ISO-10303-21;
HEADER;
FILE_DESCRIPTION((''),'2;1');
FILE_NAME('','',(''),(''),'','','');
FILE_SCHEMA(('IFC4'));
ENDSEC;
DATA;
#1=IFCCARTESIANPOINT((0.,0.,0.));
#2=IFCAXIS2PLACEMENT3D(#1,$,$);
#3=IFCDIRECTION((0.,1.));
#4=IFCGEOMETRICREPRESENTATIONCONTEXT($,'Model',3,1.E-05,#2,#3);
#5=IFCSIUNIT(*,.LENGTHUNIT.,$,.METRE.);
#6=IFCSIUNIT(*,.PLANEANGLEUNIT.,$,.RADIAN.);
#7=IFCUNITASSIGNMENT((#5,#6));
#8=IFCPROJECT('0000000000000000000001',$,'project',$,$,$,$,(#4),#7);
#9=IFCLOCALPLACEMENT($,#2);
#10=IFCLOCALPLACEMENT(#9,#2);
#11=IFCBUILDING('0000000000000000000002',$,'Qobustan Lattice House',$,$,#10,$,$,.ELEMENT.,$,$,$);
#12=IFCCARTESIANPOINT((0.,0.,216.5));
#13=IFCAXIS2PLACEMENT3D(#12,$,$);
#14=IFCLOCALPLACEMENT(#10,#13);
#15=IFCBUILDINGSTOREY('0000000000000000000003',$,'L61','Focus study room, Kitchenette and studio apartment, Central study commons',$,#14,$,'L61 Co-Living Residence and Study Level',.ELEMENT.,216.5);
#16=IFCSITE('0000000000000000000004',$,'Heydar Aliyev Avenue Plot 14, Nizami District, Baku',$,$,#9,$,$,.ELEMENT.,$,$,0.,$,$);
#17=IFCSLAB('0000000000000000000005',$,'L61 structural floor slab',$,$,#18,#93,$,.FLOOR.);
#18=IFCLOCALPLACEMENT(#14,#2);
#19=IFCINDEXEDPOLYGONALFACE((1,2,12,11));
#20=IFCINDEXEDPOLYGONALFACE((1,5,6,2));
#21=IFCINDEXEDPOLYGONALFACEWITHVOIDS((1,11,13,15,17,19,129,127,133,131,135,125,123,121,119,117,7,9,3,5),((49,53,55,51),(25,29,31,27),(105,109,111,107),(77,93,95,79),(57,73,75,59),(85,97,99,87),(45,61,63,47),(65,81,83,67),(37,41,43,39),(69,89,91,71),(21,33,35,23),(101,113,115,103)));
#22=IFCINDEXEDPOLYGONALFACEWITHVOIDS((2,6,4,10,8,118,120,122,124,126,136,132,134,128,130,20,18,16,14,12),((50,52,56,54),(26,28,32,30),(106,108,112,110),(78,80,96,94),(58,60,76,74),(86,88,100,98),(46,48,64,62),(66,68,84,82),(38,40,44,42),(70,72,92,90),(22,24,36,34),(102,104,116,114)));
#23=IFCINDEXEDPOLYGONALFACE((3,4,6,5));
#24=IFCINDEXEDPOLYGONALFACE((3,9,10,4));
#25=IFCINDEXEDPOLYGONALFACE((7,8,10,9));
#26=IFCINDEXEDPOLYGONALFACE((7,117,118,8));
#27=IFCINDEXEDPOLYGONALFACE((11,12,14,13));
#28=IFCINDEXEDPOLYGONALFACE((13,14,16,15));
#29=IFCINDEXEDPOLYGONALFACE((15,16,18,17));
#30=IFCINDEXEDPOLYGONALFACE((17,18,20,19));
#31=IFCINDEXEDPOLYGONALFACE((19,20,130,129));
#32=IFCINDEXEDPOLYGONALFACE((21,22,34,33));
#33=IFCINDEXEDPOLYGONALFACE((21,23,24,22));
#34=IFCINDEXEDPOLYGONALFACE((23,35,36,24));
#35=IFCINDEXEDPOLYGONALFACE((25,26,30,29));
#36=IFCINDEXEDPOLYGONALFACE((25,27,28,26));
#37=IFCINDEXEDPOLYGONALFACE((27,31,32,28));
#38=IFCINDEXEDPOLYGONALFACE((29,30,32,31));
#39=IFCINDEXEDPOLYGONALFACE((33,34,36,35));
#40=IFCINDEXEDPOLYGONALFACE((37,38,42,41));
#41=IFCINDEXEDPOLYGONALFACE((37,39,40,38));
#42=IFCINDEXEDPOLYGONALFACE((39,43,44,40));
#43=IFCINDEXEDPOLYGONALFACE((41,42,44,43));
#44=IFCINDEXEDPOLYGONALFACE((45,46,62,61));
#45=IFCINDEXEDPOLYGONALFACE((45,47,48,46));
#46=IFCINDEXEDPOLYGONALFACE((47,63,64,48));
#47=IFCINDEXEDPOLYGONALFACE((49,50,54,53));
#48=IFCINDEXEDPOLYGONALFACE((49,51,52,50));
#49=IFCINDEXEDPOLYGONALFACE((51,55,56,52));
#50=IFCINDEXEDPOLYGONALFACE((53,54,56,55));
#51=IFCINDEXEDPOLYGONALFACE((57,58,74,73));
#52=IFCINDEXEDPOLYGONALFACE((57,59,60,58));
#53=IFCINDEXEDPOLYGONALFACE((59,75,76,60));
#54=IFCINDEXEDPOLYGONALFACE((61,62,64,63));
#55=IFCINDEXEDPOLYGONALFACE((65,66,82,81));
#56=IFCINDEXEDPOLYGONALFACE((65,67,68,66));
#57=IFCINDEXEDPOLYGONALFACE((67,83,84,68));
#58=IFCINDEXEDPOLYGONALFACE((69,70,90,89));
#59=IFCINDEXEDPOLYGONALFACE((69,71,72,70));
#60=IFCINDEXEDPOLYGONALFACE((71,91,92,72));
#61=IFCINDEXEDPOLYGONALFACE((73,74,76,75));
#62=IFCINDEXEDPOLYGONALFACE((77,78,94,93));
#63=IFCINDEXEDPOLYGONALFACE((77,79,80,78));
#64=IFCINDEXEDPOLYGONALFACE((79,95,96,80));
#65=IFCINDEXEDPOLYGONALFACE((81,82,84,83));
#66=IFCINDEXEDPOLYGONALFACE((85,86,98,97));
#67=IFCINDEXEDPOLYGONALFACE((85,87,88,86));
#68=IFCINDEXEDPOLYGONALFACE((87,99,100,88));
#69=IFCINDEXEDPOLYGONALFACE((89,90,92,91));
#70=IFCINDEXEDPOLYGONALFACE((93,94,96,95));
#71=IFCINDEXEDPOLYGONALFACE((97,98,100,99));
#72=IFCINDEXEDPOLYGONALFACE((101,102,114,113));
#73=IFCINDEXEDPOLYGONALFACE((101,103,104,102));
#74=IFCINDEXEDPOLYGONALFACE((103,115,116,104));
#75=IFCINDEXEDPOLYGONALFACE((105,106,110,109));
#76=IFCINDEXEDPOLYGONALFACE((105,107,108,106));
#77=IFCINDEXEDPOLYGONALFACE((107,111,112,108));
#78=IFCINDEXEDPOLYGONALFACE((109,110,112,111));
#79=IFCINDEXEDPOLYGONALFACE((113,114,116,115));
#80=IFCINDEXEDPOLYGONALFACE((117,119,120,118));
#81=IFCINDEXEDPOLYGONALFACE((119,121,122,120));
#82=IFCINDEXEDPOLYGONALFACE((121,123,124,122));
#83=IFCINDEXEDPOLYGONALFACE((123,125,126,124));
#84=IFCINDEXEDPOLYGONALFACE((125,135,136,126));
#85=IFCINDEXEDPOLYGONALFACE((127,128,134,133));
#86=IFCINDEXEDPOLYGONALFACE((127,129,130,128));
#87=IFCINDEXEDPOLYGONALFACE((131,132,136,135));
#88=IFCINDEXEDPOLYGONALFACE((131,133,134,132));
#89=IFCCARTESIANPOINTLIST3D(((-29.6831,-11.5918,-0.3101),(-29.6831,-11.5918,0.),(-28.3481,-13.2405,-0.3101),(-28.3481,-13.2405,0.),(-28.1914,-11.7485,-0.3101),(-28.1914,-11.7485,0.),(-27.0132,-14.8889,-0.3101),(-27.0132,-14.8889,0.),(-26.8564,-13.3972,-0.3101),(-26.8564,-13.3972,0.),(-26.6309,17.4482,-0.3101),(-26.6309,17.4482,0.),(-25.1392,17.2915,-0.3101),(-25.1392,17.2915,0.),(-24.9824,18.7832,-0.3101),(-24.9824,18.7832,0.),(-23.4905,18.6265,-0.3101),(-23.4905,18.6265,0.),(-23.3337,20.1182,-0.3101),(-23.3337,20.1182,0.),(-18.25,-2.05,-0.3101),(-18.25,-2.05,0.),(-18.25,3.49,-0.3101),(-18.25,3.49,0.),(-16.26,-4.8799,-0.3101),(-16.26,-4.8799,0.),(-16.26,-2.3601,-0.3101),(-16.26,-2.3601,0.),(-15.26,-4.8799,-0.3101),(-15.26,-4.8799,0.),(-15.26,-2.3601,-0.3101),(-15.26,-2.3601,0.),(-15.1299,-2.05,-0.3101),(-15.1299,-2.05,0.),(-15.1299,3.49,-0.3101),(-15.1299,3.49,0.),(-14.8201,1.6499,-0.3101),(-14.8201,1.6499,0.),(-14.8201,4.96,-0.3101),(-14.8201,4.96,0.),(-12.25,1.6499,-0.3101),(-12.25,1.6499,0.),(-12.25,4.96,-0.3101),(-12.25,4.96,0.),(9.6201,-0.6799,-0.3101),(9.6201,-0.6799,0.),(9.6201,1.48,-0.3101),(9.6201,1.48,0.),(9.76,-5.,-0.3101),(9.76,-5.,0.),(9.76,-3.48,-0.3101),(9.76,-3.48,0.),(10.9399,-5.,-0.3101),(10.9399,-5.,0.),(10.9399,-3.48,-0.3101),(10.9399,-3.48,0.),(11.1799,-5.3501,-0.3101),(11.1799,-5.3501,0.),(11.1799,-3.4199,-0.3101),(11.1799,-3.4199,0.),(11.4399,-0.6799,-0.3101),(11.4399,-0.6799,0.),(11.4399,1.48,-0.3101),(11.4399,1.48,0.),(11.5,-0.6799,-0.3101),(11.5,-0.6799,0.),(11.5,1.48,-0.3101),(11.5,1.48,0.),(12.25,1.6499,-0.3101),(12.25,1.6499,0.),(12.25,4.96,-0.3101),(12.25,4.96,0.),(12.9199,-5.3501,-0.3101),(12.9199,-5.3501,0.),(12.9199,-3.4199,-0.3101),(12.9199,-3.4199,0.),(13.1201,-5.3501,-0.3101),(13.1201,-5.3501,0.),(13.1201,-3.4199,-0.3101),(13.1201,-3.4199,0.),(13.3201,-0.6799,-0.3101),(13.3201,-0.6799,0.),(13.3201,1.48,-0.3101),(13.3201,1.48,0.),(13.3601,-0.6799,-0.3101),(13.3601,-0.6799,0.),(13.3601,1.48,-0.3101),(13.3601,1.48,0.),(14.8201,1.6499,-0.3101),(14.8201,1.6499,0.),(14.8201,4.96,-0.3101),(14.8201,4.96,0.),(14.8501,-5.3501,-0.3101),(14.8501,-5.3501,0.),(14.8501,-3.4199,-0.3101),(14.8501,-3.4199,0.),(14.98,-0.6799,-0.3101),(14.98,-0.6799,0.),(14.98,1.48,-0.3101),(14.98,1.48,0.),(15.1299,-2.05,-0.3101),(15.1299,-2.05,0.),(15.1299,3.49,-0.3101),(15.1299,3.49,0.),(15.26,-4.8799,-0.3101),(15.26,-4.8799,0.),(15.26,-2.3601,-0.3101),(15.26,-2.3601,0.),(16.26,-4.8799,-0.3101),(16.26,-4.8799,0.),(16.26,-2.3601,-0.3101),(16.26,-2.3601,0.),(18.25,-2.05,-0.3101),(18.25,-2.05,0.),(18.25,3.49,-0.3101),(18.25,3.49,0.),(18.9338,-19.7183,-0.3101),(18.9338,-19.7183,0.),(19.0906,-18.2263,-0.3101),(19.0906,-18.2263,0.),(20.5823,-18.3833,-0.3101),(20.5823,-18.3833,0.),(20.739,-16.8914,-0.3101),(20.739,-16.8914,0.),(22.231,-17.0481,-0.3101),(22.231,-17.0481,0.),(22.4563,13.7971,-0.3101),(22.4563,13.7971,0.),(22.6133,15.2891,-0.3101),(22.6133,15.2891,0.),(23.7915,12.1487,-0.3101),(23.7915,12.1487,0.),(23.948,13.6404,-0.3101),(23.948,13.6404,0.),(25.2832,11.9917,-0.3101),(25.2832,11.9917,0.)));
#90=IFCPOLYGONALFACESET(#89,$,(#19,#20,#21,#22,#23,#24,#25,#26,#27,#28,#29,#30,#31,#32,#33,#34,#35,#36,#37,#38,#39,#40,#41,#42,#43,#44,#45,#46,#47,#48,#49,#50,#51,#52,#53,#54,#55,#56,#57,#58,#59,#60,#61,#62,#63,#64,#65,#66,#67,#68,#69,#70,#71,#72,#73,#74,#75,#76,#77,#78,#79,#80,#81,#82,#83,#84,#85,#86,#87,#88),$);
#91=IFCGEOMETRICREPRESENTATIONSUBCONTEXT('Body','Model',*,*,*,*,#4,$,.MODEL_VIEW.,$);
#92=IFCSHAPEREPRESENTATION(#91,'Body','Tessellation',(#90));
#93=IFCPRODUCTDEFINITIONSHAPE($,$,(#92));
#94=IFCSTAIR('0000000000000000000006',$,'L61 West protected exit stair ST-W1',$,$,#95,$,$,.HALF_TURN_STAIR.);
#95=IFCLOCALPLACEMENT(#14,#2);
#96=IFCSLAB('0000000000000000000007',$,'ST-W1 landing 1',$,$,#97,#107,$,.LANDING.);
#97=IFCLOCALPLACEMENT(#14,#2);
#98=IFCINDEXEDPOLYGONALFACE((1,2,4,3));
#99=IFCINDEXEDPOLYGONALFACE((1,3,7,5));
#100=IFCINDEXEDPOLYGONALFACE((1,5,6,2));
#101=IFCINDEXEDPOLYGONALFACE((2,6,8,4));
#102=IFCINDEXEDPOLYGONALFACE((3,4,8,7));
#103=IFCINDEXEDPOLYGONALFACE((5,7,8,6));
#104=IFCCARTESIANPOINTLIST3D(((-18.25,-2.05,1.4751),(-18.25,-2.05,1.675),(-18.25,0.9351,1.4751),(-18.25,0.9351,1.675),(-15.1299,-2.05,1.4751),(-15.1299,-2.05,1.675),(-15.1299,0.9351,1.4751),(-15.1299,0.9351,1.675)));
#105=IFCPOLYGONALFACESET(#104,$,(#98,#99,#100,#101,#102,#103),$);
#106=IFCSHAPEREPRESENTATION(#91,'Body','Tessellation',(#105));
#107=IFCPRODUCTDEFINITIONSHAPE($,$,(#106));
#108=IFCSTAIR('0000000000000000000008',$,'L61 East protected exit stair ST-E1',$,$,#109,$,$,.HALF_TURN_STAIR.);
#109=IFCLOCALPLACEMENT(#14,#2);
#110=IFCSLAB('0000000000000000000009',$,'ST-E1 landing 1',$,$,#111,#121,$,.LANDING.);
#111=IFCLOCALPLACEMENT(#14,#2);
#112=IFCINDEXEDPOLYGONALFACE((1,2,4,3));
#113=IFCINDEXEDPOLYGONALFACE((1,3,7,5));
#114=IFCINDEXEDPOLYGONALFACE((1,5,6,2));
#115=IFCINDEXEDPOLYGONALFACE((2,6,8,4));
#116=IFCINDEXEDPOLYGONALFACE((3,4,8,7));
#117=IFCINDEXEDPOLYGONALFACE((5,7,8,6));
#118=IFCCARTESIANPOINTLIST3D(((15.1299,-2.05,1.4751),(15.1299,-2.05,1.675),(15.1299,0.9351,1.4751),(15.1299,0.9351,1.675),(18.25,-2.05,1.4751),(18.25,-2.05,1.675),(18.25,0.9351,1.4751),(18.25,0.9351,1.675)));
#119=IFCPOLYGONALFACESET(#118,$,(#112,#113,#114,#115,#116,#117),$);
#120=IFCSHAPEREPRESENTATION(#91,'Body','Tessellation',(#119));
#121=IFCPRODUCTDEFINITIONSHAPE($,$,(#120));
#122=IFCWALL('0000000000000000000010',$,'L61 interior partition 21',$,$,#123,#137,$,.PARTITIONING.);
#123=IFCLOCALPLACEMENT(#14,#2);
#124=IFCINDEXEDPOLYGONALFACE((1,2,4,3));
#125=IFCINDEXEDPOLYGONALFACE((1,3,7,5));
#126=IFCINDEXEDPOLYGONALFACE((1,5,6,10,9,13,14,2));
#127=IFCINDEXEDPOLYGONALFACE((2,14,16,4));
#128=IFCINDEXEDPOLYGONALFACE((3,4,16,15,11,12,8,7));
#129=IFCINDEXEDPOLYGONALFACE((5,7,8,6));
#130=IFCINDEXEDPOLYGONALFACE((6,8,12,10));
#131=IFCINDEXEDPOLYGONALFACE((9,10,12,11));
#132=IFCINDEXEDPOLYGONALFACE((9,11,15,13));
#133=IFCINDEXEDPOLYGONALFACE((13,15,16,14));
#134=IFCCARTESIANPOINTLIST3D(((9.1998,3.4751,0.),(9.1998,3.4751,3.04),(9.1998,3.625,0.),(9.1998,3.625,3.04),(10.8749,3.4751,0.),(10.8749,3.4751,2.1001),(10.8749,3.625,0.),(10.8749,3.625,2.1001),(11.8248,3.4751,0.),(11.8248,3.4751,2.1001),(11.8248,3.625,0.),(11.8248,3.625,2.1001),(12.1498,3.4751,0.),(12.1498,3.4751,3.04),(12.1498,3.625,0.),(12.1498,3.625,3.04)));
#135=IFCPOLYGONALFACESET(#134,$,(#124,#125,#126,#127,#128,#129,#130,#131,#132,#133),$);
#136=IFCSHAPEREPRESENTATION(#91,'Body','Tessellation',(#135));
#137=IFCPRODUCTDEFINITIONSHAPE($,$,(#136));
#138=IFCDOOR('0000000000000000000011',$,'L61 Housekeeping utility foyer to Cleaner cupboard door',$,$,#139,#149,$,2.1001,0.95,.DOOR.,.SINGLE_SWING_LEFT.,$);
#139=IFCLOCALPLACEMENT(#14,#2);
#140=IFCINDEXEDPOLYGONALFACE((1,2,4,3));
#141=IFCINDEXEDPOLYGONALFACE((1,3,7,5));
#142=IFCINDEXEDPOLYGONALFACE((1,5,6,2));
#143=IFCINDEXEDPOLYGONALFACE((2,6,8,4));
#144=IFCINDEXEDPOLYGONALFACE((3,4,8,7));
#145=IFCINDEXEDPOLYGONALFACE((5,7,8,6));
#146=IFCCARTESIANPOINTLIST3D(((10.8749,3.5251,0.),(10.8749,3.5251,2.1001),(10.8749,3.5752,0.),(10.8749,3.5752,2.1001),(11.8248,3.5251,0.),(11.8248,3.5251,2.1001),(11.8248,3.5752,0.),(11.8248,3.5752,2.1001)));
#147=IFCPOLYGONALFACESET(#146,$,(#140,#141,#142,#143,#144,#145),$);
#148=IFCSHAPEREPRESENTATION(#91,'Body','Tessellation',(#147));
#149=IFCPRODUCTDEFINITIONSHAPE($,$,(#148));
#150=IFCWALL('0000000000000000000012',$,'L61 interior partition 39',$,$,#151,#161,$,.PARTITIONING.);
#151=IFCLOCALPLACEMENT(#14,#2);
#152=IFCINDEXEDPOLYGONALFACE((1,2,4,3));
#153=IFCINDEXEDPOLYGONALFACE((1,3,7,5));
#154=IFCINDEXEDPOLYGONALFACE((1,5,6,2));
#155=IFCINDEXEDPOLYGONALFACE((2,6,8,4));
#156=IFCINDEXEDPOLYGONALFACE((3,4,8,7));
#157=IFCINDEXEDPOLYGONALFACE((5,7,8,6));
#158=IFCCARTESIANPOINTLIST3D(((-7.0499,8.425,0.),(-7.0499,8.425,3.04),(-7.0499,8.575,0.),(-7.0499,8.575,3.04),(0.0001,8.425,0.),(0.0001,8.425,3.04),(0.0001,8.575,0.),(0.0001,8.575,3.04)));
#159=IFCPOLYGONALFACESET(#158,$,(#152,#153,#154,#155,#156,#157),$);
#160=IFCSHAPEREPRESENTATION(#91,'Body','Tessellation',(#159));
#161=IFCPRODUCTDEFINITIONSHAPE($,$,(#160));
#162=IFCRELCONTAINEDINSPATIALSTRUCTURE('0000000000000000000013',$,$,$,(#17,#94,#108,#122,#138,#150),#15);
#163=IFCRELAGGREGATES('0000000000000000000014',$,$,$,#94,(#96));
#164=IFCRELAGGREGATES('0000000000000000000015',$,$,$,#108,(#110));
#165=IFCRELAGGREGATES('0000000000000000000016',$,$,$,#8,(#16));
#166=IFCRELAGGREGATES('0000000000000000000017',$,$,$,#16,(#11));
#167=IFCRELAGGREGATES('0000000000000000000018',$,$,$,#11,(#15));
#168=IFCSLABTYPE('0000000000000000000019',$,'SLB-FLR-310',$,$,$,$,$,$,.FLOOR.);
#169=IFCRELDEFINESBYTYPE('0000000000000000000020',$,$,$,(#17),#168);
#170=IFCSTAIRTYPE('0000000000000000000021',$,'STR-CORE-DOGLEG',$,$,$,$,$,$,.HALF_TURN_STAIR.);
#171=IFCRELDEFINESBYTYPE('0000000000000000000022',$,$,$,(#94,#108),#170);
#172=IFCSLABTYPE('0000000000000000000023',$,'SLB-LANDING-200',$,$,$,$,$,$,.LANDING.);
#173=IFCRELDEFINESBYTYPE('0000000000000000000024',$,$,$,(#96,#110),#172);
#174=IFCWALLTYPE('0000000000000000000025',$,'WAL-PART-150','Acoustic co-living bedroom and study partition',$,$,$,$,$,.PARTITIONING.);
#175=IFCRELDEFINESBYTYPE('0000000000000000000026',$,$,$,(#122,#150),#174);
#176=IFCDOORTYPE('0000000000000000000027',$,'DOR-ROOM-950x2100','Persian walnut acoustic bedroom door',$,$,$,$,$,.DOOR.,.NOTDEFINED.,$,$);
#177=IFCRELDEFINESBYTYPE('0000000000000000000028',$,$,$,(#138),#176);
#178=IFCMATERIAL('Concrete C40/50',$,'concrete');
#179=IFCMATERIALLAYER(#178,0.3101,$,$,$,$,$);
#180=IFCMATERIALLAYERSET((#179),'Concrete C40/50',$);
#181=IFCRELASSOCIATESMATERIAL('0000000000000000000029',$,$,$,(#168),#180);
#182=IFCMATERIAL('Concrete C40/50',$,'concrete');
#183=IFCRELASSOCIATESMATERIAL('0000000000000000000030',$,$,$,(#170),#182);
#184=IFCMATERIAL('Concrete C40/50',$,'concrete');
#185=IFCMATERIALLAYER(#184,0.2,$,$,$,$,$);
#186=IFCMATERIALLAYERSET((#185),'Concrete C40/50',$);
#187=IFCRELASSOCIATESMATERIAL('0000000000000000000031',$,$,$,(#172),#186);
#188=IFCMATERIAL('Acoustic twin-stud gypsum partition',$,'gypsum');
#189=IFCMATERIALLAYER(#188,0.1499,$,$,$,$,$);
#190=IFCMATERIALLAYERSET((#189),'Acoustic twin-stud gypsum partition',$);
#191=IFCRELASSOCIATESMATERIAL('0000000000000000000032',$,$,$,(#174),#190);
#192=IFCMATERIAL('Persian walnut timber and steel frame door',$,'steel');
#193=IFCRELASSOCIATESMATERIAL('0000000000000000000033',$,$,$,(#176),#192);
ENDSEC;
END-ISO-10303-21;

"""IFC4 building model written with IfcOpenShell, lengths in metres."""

from ifc_helpers import new_model, si_unit, direction, frame, frame_2d, origin, place, context, subcontext, project, spatial, polyline, rectangle, outline, extrude, material, layer, layer_set, type_object, element, fill, aggregate, save


model = new_model("IFC4")

# Units and contexts
model_context = context("Model", 3, precision=1e-05, world=origin(), true_north=direction((0.0, 1.0)))
body_context = subcontext(model_context, "Body", "Model", "MODEL_VIEW")
ifc_project = project(units=[si_unit("LENGTHUNIT", "METRE"), si_unit("PLANEANGLEUNIT", "RADIAN")], contexts=[model_context])

# Site, building, storey
site_placement = place(None, origin())
site = spatial("IfcSite", under=ifc_project, at=site_placement, Name="Heydar Aliyev Avenue Plot 14, Nizami District, Baku", CompositionType="ELEMENT", RefElevation=0.0)
building_placement = place(site_placement, origin())
building = spatial("IfcBuilding", under=site, at=building_placement, Name="Qobustan Lattice House", CompositionType="ELEMENT")
storey_placement = place(building_placement, frame((0.0, 0.0, 216.5)))
storey = spatial("IfcBuildingStorey", under=building, at=storey_placement, Name="L61", Description="Focus study room, Kitchenette and studio apartment, Central study commons", LongName="L61 Co-Living Residence and Study Level", CompositionType="ELEMENT", Elevation=216.5)

# Slab
ifc_material_1 = material(Name="Concrete C40/50", Category="concrete")
ifc_layer_1 = layer(ifc_material_1, 0.3101)
ifc_layer_set_1 = layer_set([ifc_layer_1], Name="Concrete C40/50")
slab_type_1 = type_object("IfcSlabType", Name="SLB-FLR-310", PredefinedType="FLOOR", material=ifc_layer_set_1)
slab_1_placement = place(storey_placement, frame((0.0, 0.0, -0.3101)))
element("IfcSlab", 1, at=slab_1_placement, inside=storey, type_object=slab_type_1, Name="L61 structural floor slab", PredefinedType="FLOOR", context=body_context, shape_type="SweptSolid", body=[
    extrude(outline(polyline([(-27.0132, -14.8889), (18.9338, -19.7183), (19.0906, -18.2263), (20.5823, -18.3833), (20.739, -16.8914), (22.231, -17.0481), (25.2832, 11.9917), (23.7915, 12.1487), (23.948, 13.6404), (22.4563, 13.7971), (22.6133, 15.2891), (-23.3337, 20.1182), (-23.4905, 18.6265), (-24.9824, 18.7832), (-25.1392, 17.2915), (-26.6309, 17.4482), (-29.6831, -11.5918), (-28.1914, -11.7485), (-28.3481, -13.2405), (-26.8564, -13.3972), (-27.0132, -14.8889)]), holes=[polyline([(-18.25, -2.05), (-18.25, 3.49), (-15.1299, 3.49), (-15.1299, -2.05), (-18.25, -2.05)]), polyline([(15.1299, -2.05), (15.1299, 3.49), (18.25, 3.49), (18.25, -2.05), (15.1299, -2.05)]), polyline([(-14.8201, 1.6499), (-14.8201, 4.96), (-12.25, 4.96), (-12.25, 1.6499), (-14.8201, 1.6499)]), polyline([(12.25, 1.6499), (12.25, 4.96), (14.8201, 4.96), (14.8201, 1.6499), (12.25, 1.6499)]), polyline([(-16.26, -4.8799), (-16.26, -2.3601), (-15.26, -2.3601), (-15.26, -4.8799), (-16.26, -4.8799)]), polyline([(15.26, -4.8799), (15.26, -2.3601), (16.26, -2.3601), (16.26, -4.8799), (15.26, -4.8799)]), polyline([(11.1799, -5.3501), (11.1799, -3.4199), (12.9199, -3.4199), (12.9199, -5.3501), (11.1799, -5.3501)]), polyline([(13.1201, -5.3501), (13.1201, -3.4199), (14.8501, -3.4199), (14.8501, -5.3501), (13.1201, -5.3501)]), polyline([(9.76, -5.0), (9.76, -3.48), (10.9399, -3.48), (10.9399, -5.0), (9.76, -5.0)]), polyline([(13.3601, -0.6799), (13.3601, 1.48), (14.98, 1.48), (14.98, -0.6799), (13.3601, -0.6799)]), polyline([(9.6201, -0.6799), (9.6201, 1.48), (11.4399, 1.48), (11.4399, -0.6799), (9.6201, -0.6799)]), polyline([(11.5, -0.6799), (11.5, 1.48), (13.3201, 1.48), (13.3201, -0.6799), (11.5, -0.6799)])]), origin(), (0.0, 0.0, 1.0), 0.3101),
])

# Stairs, slabs
ifc_material_2 = material(Name="Concrete C40/50", Category="concrete")
stair_type = type_object("IfcStairType", Name="STR-CORE-DOGLEG", PredefinedType="HALF_TURN_STAIR", material=ifc_material_2)
stair_1_placement = place(storey_placement, origin())
stair_1 = element("IfcStair", 2, at=stair_1_placement, inside=storey, type_object=stair_type, Name="L61 West protected exit stair ST-W1", PredefinedType="HALF_TURN_STAIR")
ifc_material_3 = material(Name="Concrete C40/50", Category="concrete")
ifc_layer_2 = layer(ifc_material_3, 0.2)
ifc_layer_set_2 = layer_set([ifc_layer_2], Name="Concrete C40/50")
slab_type_2 = type_object("IfcSlabType", Name="SLB-LANDING-200", PredefinedType="LANDING", material=ifc_layer_set_2)
slab_2_placement = place(storey_placement, frame((0.0, 0.0, 1.4751)))
slab_2 = element("IfcSlab", 3, at=slab_2_placement, type_object=slab_type_2, Name="ST-W1 landing 1", PredefinedType="LANDING", context=body_context, shape_type="SweptSolid", body=[
    extrude(outline(polyline([(-18.25, 0.9351), (-18.25, -2.05), (-15.1299, -2.05), (-15.1299, 0.9351), (-18.25, 0.9351)])), origin(), (0.0, 0.0, 1.0), 0.2),
])
aggregate(stair_1, [slab_2])
stair_2_placement = place(storey_placement, origin())
stair_2 = element("IfcStair", 4, at=stair_2_placement, inside=storey, type_object=stair_type, Name="L61 East protected exit stair ST-E1", PredefinedType="HALF_TURN_STAIR")
slab_3_placement = place(storey_placement, frame((0.0, 0.0, 1.4751)))
slab_3 = element("IfcSlab", 5, at=slab_3_placement, type_object=slab_type_2, Name="ST-E1 landing 1", PredefinedType="LANDING", context=body_context, shape_type="SweptSolid", body=[
    extrude(outline(polyline([(15.1299, 0.9351), (15.1299, -2.05), (18.25, -2.05), (18.25, 0.9351), (15.1299, 0.9351)])), origin(), (0.0, 0.0, 1.0), 0.2),
])
aggregate(stair_2, [slab_3])

# Wall, opening, door
ifc_material_4 = material(Name="Acoustic twin-stud gypsum partition", Category="gypsum")
ifc_layer_3 = layer(ifc_material_4, 0.1499)
ifc_layer_set_3 = layer_set([ifc_layer_3], Name="Acoustic twin-stud gypsum partition")
wall_type_1 = type_object("IfcWallType", Name="WAL-PART-150", Description="Acoustic co-living bedroom and study partition", PredefinedType="PARTITIONING", material=ifc_layer_set_3)
wall_1_placement = place(storey_placement, frame((12.1499, 3.55, 0.0), z_axis=(0.0, 0.0, 1.0), x_axis=(-1.0, 0.0, 0.0)))
wall_1 = element("IfcWall", 6, at=wall_1_placement, inside=storey, type_object=wall_type_1, Name="L61 interior partition 21", PredefinedType="PARTITIONING", context=body_context, shape_type="SweptSolid", body=[
    extrude(rectangle(XDim=2.95, YDim=0.1499, at=frame_2d((1.4751, 0.0))), origin(), (0.0, 0.0, 1.0), 3.04),
])
opening_1_placement = place(wall_1_placement, frame((0.325, 0.0, 0.0)))
opening_1 = element("IfcOpeningElement", 7, at=opening_1_placement, cuts=wall_1, PredefinedType="OPENING", context=body_context, shape_type="SweptSolid", body=[
    extrude(rectangle(XDim=0.95, YDim=2.1001, at=frame_2d((0.4751, 1.05))), frame((0.0, 0.085, 0.0), z_axis=(0.0, -1.0, 0.0), x_axis=(1.0, 0.0, 0.0)), (0.0, 0.0, 1.0), 0.1699),
])
ifc_material_5 = material(Name="Persian walnut timber and steel frame door", Category="steel")
door_type_1 = type_object("IfcDoorType", Name="DOR-ROOM-950x2100", Description="Persian walnut acoustic bedroom door", OperationType="NOTDEFINED", PredefinedType="DOOR", material=ifc_material_5)
door_1_placement = place(opening_1_placement, origin())
door_1 = element("IfcDoor", 8, at=door_1_placement, inside=storey, type_object=door_type_1, Name="L61 Housekeeping utility foyer to Cleaner cupboard door", OperationType="SINGLE_SWING_LEFT", OverallHeight=2.1001, OverallWidth=0.95, PredefinedType="DOOR", context=body_context, shape_type="SweptSolid", body=[
    extrude(rectangle(XDim=0.95, YDim=2.1001, at=frame_2d((0.4751, 1.05))), frame((0.0, 0.0249, 0.0), z_axis=(0.0, -1.0, 0.0), x_axis=(1.0, 0.0, 0.0)), (0.0, 0.0, 1.0), 0.05),
])
fill(opening_1, door_1)

# Wall
wall_2_placement = place(storey_placement, frame((0.0, 8.5, 0.0), z_axis=(0.0, 0.0, 1.0), x_axis=(-1.0, 0.0, 0.0)))
element("IfcWall", 9, at=wall_2_placement, inside=storey, type_object=wall_type_1, Name="L61 interior partition 39", PredefinedType="PARTITIONING", context=body_context, shape_type="SweptSolid", body=[
    extrude(rectangle(XDim=7.05, YDim=0.1499, at=frame_2d((3.5249, 0.0))), origin(), (0.0, 0.0, 1.0), 3.04),
])

save(model, "model.ifc")
